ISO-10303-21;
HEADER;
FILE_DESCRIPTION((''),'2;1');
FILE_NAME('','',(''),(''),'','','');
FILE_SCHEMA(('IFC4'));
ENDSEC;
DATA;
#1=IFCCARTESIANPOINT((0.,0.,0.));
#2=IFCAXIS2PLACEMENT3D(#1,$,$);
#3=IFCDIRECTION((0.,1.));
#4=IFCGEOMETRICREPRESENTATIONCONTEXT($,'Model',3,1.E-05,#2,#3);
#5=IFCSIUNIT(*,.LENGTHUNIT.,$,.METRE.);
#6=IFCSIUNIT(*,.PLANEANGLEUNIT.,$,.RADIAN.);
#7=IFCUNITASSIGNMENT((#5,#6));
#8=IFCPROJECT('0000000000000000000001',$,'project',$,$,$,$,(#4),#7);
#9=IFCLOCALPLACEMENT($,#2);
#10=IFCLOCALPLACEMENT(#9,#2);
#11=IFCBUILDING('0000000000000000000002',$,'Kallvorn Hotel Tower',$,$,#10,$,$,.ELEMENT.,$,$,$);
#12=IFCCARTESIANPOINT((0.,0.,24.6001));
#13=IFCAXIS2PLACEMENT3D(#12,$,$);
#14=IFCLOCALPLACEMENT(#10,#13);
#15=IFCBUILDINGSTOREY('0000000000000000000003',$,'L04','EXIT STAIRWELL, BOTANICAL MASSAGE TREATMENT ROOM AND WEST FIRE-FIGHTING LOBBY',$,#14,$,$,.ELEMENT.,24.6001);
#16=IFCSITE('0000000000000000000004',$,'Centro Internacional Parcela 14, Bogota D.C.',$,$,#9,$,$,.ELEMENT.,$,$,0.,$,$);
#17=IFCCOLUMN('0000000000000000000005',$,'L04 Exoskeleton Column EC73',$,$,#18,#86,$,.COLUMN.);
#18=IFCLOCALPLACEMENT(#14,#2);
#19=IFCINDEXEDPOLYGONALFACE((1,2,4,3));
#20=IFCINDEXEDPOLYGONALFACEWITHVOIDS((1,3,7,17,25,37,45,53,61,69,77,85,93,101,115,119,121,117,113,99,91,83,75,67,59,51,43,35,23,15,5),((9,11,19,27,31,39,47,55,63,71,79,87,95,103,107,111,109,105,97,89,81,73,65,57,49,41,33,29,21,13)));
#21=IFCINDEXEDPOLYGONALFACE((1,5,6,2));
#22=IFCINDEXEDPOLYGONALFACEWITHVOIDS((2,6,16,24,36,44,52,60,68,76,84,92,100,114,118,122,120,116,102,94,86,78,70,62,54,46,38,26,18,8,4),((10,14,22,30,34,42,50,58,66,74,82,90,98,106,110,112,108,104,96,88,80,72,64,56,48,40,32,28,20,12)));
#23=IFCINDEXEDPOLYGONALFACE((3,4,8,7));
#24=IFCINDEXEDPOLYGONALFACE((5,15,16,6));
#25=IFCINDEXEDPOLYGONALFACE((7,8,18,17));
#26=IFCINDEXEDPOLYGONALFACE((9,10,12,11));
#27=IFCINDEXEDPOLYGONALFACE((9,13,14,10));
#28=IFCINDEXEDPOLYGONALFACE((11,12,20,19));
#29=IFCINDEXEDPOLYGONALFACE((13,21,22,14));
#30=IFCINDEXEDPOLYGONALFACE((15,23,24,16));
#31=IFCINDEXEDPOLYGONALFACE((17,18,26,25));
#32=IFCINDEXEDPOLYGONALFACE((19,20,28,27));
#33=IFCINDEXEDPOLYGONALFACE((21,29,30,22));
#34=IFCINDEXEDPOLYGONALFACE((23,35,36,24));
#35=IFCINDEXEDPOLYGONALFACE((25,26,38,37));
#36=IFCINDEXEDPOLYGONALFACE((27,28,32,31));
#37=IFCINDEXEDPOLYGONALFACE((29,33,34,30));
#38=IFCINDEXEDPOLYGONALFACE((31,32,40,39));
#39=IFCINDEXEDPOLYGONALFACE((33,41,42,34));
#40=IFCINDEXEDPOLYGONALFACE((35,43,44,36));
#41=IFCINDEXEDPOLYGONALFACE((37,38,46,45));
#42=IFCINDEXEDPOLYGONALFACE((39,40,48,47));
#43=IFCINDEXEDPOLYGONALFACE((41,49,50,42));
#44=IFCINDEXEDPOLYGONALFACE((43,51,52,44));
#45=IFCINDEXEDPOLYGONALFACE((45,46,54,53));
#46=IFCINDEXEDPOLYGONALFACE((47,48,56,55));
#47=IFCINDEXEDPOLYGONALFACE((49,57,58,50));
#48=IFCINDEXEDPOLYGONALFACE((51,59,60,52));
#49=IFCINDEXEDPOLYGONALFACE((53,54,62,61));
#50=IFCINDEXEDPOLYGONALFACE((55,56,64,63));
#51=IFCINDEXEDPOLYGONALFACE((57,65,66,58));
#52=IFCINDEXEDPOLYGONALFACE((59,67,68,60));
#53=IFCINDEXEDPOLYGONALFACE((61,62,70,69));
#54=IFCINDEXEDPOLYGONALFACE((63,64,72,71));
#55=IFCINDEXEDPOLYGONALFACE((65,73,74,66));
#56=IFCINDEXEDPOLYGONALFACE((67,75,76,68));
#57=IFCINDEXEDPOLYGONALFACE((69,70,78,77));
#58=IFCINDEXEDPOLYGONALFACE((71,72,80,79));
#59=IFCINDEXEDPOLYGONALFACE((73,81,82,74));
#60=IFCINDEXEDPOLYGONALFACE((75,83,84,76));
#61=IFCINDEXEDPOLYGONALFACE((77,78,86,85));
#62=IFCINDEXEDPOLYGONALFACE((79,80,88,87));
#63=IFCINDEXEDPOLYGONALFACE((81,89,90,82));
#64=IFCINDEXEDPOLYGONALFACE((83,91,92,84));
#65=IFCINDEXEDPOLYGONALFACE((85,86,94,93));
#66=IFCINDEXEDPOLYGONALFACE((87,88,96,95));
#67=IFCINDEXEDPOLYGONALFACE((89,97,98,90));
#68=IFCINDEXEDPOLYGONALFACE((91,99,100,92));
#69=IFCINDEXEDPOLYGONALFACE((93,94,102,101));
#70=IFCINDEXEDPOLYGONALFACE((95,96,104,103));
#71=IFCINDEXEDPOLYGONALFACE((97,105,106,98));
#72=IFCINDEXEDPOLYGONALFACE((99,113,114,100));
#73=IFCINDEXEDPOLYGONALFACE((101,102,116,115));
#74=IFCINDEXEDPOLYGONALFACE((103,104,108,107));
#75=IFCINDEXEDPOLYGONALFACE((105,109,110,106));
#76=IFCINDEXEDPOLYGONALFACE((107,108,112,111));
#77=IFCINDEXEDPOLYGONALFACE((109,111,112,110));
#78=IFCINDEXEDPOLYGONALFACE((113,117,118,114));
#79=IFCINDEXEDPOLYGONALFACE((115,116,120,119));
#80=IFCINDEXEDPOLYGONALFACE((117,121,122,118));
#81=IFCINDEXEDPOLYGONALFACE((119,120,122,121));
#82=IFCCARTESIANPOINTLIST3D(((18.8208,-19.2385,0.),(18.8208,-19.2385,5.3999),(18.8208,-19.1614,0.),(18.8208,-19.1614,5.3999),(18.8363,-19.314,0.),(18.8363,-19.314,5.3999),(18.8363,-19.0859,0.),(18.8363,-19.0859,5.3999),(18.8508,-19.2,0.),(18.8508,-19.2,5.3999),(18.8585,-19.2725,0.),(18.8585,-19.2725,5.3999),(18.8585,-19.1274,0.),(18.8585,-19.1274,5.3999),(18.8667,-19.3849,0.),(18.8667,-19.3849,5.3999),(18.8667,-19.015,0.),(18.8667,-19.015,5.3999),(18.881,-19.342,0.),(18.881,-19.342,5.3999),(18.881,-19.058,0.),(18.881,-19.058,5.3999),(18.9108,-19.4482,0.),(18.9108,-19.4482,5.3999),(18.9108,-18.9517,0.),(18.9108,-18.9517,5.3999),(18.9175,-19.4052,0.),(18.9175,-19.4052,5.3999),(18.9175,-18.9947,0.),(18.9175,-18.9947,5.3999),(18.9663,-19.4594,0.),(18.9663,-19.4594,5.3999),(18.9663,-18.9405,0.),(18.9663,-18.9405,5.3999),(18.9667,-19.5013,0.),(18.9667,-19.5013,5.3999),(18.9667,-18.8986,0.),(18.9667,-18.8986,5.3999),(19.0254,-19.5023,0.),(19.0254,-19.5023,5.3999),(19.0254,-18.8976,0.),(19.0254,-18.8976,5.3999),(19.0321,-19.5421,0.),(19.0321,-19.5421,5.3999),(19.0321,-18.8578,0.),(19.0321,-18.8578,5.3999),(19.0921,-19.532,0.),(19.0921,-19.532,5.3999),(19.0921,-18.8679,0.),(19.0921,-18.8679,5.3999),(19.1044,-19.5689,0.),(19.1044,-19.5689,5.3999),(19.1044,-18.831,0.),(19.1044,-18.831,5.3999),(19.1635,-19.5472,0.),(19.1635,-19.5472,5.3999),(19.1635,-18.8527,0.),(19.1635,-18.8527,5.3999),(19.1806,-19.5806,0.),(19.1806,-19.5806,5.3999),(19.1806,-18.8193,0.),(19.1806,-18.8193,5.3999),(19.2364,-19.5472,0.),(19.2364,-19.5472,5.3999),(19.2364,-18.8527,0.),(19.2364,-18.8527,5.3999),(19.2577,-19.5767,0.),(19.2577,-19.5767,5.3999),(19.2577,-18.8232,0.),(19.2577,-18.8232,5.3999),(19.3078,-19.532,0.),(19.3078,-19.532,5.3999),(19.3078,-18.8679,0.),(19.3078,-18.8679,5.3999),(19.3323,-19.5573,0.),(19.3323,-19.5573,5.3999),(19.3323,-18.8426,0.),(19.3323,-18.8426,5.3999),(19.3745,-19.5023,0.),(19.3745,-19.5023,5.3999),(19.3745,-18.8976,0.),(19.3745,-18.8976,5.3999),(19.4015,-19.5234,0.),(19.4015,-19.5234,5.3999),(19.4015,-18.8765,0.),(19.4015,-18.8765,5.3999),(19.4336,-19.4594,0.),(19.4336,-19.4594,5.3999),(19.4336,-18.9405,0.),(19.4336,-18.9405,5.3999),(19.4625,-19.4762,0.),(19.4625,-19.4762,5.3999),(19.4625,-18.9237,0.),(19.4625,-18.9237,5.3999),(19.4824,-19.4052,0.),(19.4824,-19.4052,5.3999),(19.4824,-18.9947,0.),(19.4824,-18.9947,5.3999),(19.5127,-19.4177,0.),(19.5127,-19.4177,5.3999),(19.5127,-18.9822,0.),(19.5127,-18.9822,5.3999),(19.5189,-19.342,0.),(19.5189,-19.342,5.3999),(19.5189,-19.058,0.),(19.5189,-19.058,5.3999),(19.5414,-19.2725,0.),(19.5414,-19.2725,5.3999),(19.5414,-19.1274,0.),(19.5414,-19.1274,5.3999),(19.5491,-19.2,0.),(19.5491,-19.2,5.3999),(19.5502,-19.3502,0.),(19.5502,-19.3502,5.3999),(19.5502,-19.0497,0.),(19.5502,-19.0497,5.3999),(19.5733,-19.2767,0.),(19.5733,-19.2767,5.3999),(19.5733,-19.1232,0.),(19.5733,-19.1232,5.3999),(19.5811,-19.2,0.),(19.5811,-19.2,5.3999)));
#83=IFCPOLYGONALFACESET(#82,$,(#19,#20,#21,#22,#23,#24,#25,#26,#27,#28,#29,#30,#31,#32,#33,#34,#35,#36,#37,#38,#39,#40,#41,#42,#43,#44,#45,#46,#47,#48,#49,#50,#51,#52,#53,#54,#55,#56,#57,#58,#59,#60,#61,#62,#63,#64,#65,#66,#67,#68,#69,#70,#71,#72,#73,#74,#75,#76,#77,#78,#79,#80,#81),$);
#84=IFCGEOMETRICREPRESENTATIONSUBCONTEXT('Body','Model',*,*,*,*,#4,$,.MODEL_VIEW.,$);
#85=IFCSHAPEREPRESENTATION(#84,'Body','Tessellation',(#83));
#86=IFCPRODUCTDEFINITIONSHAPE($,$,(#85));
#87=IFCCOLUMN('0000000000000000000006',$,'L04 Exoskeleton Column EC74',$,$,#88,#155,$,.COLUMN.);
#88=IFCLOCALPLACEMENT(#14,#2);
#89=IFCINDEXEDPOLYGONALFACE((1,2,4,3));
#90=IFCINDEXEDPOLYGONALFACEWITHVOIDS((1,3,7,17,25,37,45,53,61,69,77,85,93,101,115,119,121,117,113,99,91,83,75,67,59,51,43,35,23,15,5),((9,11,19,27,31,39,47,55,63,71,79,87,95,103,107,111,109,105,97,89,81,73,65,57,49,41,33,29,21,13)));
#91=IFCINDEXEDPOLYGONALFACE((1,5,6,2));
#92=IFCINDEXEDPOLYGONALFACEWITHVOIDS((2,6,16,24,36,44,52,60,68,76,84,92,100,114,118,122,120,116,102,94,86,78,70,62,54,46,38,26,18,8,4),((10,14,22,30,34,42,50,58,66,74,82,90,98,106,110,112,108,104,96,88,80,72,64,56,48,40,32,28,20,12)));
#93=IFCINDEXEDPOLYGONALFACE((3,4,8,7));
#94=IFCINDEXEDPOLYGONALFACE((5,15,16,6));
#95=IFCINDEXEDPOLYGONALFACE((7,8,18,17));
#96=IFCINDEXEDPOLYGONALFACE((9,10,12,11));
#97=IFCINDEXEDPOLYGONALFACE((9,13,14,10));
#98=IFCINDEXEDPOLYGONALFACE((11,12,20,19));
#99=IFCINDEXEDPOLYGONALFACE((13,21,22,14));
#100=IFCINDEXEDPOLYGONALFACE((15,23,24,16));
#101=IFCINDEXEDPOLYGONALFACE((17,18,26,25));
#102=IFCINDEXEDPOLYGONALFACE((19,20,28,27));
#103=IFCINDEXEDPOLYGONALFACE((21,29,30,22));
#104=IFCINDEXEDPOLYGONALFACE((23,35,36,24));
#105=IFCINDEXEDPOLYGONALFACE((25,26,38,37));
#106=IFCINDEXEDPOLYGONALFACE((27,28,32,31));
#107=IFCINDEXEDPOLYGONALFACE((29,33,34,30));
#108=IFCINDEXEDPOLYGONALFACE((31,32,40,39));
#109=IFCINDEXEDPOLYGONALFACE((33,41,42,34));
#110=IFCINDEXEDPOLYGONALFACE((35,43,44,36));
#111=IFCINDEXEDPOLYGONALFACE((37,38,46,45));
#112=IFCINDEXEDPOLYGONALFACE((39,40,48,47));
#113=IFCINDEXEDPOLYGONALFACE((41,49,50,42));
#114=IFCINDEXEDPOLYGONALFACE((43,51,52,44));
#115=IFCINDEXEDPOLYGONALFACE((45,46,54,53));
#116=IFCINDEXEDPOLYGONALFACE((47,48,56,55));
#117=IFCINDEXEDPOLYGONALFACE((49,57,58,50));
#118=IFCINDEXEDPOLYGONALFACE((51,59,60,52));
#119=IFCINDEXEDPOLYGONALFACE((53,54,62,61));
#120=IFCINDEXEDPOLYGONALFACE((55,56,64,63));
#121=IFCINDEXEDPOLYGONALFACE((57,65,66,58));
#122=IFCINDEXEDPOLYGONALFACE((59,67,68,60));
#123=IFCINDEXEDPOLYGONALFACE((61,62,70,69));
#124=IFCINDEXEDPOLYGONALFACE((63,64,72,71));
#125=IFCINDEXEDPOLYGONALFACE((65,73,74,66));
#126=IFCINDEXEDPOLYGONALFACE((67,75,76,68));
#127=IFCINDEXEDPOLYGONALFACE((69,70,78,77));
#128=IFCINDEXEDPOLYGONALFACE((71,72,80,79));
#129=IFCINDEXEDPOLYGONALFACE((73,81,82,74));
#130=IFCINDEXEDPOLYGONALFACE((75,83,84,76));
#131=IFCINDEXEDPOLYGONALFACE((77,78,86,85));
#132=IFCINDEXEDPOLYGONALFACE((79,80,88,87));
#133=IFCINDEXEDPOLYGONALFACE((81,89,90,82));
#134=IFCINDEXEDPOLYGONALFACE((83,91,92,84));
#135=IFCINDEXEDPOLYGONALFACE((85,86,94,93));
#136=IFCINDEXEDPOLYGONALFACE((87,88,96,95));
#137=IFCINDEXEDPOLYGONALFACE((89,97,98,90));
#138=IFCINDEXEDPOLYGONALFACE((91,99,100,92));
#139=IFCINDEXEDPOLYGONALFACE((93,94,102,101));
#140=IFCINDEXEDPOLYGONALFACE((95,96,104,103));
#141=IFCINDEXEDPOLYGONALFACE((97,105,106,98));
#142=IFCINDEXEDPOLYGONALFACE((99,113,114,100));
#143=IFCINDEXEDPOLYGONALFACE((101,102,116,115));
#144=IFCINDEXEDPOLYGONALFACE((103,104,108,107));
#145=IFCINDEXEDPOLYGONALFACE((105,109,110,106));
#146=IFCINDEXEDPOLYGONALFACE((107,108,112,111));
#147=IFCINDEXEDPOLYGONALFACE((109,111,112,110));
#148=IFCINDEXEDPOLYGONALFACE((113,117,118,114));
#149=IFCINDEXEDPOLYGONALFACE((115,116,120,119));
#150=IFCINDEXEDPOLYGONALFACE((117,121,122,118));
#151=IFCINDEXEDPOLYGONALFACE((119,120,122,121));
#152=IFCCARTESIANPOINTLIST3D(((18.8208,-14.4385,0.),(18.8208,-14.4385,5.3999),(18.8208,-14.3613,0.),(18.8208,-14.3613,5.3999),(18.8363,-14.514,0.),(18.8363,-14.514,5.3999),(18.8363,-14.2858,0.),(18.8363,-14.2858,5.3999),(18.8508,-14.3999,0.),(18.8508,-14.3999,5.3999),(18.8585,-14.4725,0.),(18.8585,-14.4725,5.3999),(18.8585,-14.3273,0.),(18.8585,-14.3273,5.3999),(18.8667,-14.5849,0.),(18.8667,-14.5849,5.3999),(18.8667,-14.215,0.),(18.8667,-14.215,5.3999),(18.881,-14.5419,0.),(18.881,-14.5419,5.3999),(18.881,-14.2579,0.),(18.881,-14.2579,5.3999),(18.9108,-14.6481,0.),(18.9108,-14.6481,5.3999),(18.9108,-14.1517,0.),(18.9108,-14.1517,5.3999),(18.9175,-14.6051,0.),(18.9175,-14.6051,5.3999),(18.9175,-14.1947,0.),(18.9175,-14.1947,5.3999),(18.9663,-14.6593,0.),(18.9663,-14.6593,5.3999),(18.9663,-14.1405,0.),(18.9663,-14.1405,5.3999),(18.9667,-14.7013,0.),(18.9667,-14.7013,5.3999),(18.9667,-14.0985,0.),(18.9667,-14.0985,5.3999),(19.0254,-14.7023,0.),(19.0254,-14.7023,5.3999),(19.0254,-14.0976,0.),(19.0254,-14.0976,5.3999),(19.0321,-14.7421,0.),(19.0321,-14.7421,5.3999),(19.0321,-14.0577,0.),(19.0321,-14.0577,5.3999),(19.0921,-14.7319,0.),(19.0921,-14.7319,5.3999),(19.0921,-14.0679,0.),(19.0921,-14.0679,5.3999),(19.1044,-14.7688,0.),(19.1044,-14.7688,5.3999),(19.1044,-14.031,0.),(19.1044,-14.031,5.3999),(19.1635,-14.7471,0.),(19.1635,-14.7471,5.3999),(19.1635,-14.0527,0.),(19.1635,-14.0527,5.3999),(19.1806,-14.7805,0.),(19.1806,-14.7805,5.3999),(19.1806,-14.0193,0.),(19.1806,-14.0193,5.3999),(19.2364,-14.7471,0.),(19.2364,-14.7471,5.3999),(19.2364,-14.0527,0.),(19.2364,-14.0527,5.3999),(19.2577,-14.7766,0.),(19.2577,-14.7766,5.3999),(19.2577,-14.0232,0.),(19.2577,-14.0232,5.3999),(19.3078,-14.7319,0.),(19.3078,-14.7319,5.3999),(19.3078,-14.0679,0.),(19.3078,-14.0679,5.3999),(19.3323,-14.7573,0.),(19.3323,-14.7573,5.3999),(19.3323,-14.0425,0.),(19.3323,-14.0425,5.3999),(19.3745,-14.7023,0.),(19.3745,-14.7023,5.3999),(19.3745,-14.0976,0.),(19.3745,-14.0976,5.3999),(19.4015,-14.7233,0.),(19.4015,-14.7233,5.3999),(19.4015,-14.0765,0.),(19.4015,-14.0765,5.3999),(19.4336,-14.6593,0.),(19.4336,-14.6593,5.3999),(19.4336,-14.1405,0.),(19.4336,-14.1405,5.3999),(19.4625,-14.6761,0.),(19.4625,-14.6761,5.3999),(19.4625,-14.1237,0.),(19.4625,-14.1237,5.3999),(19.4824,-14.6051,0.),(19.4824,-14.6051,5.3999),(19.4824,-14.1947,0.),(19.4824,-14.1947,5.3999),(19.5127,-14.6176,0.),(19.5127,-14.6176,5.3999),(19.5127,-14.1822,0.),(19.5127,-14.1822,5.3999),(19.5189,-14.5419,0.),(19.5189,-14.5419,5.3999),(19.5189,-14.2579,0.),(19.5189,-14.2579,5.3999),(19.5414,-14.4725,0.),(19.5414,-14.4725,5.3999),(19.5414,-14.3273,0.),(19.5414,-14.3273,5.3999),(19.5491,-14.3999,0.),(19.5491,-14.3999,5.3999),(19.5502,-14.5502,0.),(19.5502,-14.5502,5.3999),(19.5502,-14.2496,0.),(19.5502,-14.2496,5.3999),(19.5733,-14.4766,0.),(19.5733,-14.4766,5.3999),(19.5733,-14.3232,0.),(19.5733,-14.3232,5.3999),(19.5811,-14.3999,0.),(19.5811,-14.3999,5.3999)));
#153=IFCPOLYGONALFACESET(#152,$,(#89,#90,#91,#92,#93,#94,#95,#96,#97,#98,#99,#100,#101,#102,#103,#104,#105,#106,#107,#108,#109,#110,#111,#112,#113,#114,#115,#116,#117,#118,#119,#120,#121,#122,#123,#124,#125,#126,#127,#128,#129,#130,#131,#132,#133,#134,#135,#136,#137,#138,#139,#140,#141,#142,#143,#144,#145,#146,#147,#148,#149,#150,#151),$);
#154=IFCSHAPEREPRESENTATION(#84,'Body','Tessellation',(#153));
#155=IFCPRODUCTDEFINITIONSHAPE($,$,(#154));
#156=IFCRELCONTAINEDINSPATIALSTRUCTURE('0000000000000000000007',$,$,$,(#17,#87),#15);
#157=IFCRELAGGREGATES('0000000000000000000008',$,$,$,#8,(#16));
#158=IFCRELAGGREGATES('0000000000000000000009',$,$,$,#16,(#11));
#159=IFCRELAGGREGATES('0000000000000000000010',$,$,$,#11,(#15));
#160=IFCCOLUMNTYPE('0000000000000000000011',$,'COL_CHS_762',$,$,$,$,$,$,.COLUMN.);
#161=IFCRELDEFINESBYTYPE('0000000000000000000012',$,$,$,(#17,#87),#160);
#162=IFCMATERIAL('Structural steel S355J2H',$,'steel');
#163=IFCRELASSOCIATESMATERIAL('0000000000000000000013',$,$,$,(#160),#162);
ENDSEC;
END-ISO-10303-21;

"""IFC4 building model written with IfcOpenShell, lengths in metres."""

from ifc_helpers import new_model, si_unit, direction, frame, origin, origin_2d, place, context, subcontext, project, spatial, hollow_circle, extrude, material, material_profile, profile_set, type_object, element, save


model = new_model("IFC4")

# Units and contexts
model_context = context("Model", 3, precision=1e-05, world=origin(), true_north=direction((0.0, 1.0)))
body_context = subcontext(model_context, "Body", "Model", "MODEL_VIEW")
ifc_project = project(units=[si_unit("LENGTHUNIT", "METRE"), si_unit("PLANEANGLEUNIT", "RADIAN")], contexts=[model_context])

# Site, building, storey
site_placement = place(None, origin())
site = spatial("IfcSite", under=ifc_project, at=site_placement, Name="Centro Internacional Parcela 14, Bogota D.C.", CompositionType="ELEMENT", RefElevation=0.0)
building_placement = place(site_placement, origin())
building = spatial("IfcBuilding", under=site, at=building_placement, Name="Kallvorn Hotel Tower", CompositionType="ELEMENT")
storey_placement = place(building_placement, frame((0.0, 0.0, 24.6001)))
storey = spatial("IfcBuildingStorey", under=building, at=storey_placement, Name="L04", Description="EXIT STAIRWELL, BOTANICAL MASSAGE TREATMENT ROOM AND WEST FIRE-FIGHTING LOBBY", CompositionType="ELEMENT", Elevation=24.6001)

# Columns
ifc_material_1 = material(Name="Structural steel S355J2H", Category="steel")
ifc_material_profile_1 = material_profile(ifc_material_1, hollow_circle(Radius=0.3811, WallThickness=0.032, at=origin_2d()), Name="CHS 762x32")
ifc_profile_set_1 = profile_set([ifc_material_profile_1], Name="Structural steel S355J2H")
column_type_1 = type_object("IfcColumnType", Name="COL_CHS_762", PredefinedType="COLUMN", material=ifc_profile_set_1)
for number, where, z_axis, x_axis, name in (
    (1, (19.2, -19.2, 0.0), (0.0, 0.0, 1.0), (1.0, 0.0, 0.0), "L04 Exoskeleton Column EC73"),
    (2, (19.2, -14.3999, 0.0), (0.0, 0.0, 1.0), (1.0, 0.0, 0.0), "L04 Exoskeleton Column EC74"),
):
    element("IfcColumn", number, at=place(storey_placement, frame(where, z_axis=z_axis, x_axis=x_axis)), inside=storey, type_object=column_type_1, Name=name, PredefinedType="COLUMN", context=body_context, shape_type="SweptSolid", body=[
        extrude(hollow_circle(Radius=0.3811, WallThickness=0.032, at=origin_2d()), origin(), (0.0, 0.0, 1.0), 5.3999),
    ])

save(model, "model.ifc")
